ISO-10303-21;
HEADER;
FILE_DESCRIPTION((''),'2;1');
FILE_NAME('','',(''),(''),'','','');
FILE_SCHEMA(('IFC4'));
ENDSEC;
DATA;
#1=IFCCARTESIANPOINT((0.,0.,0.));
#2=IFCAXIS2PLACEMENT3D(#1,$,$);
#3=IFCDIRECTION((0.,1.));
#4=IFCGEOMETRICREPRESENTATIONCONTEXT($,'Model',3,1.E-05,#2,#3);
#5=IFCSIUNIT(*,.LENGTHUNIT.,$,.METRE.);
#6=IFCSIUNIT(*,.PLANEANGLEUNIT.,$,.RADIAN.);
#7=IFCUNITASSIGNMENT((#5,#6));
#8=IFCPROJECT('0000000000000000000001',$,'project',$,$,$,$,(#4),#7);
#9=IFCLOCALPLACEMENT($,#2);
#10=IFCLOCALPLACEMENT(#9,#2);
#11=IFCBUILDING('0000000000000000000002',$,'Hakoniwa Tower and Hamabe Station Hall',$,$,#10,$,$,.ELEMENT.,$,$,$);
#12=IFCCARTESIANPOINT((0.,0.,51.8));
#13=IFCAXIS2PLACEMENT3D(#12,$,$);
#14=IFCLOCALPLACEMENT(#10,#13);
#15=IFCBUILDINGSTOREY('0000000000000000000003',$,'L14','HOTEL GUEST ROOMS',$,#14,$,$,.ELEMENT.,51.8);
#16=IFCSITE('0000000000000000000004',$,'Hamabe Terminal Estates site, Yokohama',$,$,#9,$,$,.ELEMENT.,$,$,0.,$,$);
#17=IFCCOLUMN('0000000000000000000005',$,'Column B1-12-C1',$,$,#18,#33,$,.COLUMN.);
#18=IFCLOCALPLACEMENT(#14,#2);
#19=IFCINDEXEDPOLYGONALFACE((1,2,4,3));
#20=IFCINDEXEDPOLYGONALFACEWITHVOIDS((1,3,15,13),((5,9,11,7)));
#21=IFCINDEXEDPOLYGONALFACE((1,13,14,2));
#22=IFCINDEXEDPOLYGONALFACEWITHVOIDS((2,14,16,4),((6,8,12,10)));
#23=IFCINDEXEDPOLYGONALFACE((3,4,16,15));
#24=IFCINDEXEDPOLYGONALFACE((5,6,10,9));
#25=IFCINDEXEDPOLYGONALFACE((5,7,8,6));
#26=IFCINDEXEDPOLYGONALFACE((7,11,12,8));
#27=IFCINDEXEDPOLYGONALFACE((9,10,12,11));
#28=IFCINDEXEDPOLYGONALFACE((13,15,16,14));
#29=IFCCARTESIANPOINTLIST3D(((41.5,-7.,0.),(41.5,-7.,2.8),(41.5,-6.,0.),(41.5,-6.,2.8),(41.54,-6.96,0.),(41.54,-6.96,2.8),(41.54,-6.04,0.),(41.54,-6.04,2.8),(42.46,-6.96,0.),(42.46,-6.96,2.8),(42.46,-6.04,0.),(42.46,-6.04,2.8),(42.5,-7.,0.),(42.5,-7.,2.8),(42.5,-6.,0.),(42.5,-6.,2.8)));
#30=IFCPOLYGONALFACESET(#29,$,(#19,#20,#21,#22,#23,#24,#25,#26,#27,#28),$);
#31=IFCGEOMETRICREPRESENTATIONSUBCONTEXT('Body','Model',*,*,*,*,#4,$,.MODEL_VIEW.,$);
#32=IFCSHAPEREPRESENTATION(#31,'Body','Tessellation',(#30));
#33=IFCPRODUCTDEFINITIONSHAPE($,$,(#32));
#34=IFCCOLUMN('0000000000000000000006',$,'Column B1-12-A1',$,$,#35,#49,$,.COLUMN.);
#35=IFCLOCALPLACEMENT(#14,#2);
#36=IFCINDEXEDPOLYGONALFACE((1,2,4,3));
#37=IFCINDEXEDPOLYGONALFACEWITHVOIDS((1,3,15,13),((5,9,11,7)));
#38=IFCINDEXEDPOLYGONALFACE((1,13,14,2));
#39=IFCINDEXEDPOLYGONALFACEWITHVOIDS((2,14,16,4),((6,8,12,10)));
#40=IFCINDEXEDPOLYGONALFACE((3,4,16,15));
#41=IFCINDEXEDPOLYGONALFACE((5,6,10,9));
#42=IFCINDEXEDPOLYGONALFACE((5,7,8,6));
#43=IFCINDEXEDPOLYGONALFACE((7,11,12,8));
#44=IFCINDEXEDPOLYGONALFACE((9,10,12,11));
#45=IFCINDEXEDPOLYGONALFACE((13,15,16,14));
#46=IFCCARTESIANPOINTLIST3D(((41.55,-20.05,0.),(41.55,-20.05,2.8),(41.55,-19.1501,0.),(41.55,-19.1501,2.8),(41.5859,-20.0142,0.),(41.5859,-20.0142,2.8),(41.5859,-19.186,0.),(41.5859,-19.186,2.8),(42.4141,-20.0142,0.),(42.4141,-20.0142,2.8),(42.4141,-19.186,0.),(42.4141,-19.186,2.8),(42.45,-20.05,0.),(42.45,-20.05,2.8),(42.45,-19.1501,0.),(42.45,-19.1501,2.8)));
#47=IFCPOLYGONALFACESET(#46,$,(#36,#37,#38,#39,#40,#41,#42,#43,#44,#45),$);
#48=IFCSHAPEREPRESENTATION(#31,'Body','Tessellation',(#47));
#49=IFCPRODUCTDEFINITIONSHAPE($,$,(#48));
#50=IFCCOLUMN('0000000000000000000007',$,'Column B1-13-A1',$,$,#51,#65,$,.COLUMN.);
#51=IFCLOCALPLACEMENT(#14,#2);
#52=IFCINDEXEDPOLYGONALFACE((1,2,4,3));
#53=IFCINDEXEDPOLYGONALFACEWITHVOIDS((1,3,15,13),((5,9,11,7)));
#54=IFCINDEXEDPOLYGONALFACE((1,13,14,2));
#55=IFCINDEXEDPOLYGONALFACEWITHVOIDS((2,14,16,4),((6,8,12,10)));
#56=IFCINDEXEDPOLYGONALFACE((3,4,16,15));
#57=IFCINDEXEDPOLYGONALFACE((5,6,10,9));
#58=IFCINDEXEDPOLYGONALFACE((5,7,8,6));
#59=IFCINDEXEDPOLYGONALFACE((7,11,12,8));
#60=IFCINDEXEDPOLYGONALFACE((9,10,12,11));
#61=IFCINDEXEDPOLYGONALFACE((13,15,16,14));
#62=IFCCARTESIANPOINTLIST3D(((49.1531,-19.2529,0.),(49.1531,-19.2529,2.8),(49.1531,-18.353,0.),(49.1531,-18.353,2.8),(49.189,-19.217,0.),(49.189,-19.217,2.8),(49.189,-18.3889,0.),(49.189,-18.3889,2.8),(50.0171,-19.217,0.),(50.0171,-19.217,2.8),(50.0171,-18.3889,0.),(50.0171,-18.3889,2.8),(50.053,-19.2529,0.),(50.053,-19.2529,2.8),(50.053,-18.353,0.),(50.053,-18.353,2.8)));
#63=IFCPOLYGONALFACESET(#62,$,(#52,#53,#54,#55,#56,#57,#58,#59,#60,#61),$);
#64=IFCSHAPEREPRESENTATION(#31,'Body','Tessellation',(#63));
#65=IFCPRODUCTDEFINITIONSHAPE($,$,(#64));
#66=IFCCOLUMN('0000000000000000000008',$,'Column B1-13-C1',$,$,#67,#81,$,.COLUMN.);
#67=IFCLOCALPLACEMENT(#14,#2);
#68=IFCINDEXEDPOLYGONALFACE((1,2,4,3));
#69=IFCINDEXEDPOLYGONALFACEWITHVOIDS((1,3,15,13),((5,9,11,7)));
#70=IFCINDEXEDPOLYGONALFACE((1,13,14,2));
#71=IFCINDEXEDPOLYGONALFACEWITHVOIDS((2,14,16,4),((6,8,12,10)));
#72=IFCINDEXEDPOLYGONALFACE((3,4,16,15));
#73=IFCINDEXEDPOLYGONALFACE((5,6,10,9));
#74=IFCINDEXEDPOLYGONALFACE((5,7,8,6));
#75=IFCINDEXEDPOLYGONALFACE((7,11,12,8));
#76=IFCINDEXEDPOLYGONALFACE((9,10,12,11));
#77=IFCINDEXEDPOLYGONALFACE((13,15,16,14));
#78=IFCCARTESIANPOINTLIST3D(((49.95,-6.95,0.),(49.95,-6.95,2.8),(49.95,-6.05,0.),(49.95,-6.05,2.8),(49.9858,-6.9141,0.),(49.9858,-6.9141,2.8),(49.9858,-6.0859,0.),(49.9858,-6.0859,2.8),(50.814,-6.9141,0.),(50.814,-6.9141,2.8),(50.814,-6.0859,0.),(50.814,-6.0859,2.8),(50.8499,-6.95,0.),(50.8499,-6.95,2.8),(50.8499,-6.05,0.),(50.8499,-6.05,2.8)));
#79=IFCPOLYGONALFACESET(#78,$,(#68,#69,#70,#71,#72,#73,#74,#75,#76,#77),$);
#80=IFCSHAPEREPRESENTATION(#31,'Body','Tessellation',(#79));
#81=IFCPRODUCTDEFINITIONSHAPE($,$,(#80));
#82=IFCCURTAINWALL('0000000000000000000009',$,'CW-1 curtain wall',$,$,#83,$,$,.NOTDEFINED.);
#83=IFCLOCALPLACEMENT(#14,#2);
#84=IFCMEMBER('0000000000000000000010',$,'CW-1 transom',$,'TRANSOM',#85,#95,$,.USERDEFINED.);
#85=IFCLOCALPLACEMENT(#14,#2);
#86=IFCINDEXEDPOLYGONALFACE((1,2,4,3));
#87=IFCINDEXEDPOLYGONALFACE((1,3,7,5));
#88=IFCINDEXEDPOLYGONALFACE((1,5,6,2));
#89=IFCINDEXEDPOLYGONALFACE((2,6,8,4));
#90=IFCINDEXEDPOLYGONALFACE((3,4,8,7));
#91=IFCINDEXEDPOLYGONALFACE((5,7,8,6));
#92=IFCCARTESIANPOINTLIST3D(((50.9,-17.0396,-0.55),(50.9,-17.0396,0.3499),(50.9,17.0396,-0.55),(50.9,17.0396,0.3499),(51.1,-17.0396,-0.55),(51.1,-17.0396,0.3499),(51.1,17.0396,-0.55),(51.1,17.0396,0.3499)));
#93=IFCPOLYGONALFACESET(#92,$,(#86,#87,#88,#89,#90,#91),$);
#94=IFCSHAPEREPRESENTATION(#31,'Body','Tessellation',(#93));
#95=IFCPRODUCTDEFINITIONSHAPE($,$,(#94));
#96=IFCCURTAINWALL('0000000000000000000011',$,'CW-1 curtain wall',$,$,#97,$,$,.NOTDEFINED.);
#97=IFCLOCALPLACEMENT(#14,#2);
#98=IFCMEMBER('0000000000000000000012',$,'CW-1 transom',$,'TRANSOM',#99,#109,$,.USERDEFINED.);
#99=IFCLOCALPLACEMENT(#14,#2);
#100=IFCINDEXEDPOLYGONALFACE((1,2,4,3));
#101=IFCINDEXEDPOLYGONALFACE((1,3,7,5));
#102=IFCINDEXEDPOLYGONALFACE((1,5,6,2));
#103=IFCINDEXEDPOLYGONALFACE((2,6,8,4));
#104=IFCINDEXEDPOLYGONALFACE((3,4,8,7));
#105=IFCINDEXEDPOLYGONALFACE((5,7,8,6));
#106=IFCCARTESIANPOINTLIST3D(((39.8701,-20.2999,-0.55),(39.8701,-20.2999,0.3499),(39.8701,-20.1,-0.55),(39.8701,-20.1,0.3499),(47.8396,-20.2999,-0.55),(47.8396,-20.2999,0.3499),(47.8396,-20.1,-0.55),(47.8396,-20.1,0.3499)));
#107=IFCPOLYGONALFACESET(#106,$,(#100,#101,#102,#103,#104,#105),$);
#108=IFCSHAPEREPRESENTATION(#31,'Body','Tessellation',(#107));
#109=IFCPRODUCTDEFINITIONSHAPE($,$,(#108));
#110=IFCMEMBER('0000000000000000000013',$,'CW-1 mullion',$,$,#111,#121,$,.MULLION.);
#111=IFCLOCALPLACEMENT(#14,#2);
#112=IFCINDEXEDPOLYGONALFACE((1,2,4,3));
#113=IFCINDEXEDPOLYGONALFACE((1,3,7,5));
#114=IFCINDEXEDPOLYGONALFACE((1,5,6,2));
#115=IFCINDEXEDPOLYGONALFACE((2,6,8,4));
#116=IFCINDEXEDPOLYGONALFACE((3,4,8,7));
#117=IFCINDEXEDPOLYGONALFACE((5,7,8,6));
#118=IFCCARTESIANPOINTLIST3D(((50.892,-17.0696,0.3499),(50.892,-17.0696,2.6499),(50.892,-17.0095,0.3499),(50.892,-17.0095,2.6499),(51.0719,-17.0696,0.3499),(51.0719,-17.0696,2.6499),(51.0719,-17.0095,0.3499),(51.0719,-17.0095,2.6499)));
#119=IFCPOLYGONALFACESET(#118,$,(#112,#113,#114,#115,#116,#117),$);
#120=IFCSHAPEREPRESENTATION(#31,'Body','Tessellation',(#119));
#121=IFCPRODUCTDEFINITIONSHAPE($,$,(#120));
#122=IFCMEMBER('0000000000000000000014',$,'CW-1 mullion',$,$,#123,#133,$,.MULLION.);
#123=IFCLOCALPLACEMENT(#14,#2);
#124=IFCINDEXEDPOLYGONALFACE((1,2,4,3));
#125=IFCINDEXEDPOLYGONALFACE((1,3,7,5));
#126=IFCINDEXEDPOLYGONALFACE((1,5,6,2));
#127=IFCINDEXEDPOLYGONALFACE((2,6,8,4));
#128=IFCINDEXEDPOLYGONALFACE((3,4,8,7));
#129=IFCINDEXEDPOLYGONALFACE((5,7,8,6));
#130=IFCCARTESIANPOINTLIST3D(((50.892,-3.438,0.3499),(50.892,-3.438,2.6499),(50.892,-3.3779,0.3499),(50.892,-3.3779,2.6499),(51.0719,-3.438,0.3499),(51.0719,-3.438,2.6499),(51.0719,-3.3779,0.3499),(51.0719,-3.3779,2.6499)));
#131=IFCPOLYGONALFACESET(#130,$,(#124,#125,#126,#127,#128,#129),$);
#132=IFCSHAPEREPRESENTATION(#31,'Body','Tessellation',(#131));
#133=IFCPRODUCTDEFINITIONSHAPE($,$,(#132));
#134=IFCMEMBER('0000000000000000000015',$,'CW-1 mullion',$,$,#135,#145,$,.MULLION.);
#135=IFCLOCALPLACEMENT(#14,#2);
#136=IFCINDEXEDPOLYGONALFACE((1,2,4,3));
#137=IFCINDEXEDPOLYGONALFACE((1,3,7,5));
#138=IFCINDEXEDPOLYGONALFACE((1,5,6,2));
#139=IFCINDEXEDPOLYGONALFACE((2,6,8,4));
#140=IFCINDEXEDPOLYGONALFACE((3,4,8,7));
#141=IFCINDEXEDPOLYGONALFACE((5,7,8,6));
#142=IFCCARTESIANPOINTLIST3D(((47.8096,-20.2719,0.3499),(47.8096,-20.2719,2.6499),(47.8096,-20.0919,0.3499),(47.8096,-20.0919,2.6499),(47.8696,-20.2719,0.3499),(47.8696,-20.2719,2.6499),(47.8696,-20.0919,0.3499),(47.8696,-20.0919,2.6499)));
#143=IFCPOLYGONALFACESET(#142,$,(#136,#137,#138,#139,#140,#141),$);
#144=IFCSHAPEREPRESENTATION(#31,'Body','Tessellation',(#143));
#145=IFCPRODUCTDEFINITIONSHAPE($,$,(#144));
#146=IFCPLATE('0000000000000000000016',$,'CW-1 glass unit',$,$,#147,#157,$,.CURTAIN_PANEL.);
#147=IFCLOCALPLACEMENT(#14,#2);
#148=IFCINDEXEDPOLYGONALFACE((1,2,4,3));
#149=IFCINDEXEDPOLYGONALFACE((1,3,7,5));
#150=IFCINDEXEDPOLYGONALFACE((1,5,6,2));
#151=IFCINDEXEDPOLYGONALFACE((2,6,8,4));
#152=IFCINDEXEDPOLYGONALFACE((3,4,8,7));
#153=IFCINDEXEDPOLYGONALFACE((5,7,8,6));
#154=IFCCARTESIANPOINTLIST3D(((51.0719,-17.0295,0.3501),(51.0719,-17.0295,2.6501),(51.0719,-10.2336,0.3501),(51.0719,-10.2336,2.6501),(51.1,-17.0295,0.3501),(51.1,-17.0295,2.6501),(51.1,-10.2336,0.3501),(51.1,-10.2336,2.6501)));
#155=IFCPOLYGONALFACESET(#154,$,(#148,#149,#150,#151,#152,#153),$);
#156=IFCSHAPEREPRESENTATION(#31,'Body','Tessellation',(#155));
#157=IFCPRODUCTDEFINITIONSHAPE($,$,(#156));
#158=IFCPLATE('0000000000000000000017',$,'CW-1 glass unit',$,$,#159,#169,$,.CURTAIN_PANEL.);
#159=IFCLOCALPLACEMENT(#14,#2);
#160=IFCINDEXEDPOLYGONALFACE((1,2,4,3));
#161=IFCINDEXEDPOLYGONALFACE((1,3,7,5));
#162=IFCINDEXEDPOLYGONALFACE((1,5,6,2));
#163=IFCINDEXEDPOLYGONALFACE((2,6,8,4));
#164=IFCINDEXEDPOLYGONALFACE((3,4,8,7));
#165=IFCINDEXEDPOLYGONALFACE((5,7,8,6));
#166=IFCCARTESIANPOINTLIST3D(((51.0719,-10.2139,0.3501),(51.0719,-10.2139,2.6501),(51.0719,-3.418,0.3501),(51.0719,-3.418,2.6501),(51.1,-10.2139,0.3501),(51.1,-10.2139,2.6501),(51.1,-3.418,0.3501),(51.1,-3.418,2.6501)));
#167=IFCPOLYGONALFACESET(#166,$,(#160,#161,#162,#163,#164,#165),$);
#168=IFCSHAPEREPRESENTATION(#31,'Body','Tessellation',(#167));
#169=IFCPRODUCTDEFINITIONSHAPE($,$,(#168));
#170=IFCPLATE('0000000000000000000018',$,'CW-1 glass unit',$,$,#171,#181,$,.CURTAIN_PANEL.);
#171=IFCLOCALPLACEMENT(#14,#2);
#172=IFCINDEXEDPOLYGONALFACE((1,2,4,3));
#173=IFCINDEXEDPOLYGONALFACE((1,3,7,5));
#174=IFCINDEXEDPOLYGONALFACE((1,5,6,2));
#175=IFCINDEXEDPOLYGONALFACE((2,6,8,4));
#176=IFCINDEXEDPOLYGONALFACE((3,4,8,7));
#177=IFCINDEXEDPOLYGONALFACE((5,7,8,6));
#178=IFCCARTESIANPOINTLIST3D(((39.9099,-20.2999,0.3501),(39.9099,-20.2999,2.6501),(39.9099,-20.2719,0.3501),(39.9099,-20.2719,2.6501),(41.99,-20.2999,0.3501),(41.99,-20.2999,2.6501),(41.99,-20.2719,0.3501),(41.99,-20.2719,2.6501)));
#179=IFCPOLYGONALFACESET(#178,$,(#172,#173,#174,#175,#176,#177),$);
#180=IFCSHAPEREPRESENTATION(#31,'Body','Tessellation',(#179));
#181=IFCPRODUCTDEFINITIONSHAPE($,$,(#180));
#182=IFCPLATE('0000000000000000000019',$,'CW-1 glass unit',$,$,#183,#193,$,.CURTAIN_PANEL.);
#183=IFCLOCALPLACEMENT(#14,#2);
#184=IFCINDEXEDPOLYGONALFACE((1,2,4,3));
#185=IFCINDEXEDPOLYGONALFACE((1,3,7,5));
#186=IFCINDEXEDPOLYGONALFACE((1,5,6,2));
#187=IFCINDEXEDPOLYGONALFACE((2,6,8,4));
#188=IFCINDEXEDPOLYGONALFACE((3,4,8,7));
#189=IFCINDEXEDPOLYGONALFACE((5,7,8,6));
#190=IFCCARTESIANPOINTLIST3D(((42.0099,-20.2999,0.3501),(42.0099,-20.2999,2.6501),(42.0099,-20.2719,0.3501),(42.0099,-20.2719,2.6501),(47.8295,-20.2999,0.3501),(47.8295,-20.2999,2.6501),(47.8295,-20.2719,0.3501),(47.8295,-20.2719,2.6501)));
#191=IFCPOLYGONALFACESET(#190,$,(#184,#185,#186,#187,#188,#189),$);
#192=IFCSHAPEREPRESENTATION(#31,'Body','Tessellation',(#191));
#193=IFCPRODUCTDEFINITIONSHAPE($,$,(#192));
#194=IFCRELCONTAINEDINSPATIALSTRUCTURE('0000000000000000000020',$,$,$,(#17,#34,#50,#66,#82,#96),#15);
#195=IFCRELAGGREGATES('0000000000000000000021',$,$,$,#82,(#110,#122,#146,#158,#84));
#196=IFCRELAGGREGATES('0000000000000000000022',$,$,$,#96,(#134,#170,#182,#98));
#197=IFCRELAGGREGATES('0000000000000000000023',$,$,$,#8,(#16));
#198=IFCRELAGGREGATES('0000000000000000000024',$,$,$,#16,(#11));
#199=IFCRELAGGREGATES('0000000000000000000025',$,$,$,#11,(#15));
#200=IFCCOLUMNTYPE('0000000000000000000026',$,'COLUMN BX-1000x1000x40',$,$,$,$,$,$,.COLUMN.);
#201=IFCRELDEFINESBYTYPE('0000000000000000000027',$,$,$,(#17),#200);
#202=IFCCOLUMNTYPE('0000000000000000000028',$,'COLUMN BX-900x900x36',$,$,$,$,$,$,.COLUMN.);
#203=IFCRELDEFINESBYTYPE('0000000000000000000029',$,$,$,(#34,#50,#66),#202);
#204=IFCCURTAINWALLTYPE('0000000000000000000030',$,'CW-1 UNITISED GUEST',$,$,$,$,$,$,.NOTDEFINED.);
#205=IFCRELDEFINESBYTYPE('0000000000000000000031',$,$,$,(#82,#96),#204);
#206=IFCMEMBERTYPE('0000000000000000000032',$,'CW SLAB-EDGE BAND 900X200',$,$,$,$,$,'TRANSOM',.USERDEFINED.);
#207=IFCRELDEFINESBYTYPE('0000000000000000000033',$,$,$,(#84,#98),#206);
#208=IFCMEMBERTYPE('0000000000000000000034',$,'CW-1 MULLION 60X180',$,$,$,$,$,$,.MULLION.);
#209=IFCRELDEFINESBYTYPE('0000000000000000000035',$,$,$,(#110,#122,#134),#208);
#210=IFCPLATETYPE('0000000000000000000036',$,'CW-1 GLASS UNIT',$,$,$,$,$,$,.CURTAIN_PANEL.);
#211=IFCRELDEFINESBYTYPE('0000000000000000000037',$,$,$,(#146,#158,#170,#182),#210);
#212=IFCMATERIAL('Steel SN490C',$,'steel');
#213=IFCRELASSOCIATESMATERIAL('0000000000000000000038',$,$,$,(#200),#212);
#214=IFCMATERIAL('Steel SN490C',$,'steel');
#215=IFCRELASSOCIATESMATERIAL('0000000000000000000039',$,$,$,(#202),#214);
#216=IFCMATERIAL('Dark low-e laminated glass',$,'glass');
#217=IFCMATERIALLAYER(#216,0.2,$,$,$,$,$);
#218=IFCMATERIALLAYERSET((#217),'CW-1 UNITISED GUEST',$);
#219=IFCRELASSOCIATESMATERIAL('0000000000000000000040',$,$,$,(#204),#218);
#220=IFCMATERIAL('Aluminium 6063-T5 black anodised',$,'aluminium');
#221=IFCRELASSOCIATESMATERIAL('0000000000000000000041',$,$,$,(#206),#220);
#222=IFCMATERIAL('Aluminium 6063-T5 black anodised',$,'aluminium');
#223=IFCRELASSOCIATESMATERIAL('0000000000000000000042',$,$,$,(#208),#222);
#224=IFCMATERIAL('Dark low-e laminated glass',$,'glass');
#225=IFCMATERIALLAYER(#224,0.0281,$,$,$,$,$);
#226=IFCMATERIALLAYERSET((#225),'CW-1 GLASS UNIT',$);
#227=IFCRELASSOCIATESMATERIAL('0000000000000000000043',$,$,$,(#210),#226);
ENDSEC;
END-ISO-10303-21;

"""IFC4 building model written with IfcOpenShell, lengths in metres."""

from ifc_helpers import new_model, si_unit, direction, frame, origin, origin_2d, place, context, subcontext, project, spatial, rectangle, hollow_rectangle, extrude, material, layer, layer_set, material_profile, profile_set, type_object, element, aggregate, save


model = new_model("IFC4")

# Units and contexts
model_context = context("Model", 3, precision=1e-05, world=origin(), true_north=direction((0.0, 1.0)))
body_context = subcontext(model_context, "Body", "Model", "MODEL_VIEW")
ifc_project = project(units=[si_unit("LENGTHUNIT", "METRE"), si_unit("PLANEANGLEUNIT", "RADIAN")], contexts=[model_context])

# Site, building, storey
site_placement = place(None, origin())
site = spatial("IfcSite", under=ifc_project, at=site_placement, Name="Hamabe Terminal Estates site, Yokohama", CompositionType="ELEMENT", RefElevation=0.0)
building_placement = place(site_placement, origin())
building = spatial("IfcBuilding", under=site, at=building_placement, Name="Hakoniwa Tower and Hamabe Station Hall", CompositionType="ELEMENT")
storey_placement = place(building_placement, frame((0.0, 0.0, 51.8)))
storey = spatial("IfcBuildingStorey", under=building, at=storey_placement, Name="L14", Description="HOTEL GUEST ROOMS", CompositionType="ELEMENT", Elevation=51.8)

# Columns
ifc_material_1 = material(Name="Steel SN490C", Category="steel")
ifc_material_profile_1 = material_profile(ifc_material_1, hollow_rectangle(XDim=1.0, YDim=1.0, WallThickness=0.04, at=origin_2d()), Name="BX-1000x1000x40")
ifc_profile_set_1 = profile_set([ifc_material_profile_1], Name="Steel SN490C")
column_type_1 = type_object("IfcColumnType", Name="COLUMN BX-1000x1000x40", PredefinedType="COLUMN", material=ifc_profile_set_1)
column_placement = place(storey_placement, frame((42.0, -6.5, 0.0), z_axis=(0.0, 0.0, 1.0), x_axis=(1.0, 0.0, 0.0)))
element("IfcColumn", 1, at=column_placement, inside=storey, type_object=column_type_1, Name="Column B1-12-C1", PredefinedType="COLUMN", context=body_context, shape_type="SweptSolid", body=[
    extrude(hollow_rectangle(XDim=1.0, YDim=1.0, WallThickness=0.04, at=origin_2d()), origin(), (0.0, 0.0, 1.0), 2.8),
])
ifc_material_2 = material(Name="Steel SN490C", Category="steel")
ifc_material_profile_2 = material_profile(ifc_material_2, hollow_rectangle(XDim=0.8999, YDim=0.8999, WallThickness=0.0359, at=origin_2d()), Name="BX-900x900x36")
ifc_profile_set_2 = profile_set([ifc_material_profile_2], Name="Steel SN490C")
column_type_2 = type_object("IfcColumnType", Name="COLUMN BX-900x900x36", PredefinedType="COLUMN", material=ifc_profile_set_2)
for number, where, z_axis, x_axis, name in (
    (2, (42.0, -19.6001, 0.0), (0.0, 0.0, 1.0), (1.0, 0.0, 0.0), "Column B1-12-A1"),
    (3, (49.603, -18.803, 0.0), (0.0, 0.0, 1.0), (1.0, 0.0, 0.0), "Column B1-13-A1"),
    (4, (50.3999, -6.5, 0.0), (0.0, 0.0, 1.0), (1.0, 0.0, 0.0), "Column B1-13-C1"),
):
    element("IfcColumn", number, at=place(storey_placement, frame(where, z_axis=z_axis, x_axis=x_axis)), inside=storey, type_object=column_type_2, Name=name, PredefinedType="COLUMN", context=body_context, shape_type="SweptSolid", body=[
        extrude(hollow_rectangle(XDim=0.8999, YDim=0.8999, WallThickness=0.0359, at=origin_2d()), origin(), (0.0, 0.0, 1.0), 2.8),
    ])

# Curtain walls, members
ifc_material_3 = material(Name="Dark low-e laminated glass", Category="glass")
ifc_layer_1 = layer(ifc_material_3, 0.2)
ifc_layer_set_1 = layer_set([ifc_layer_1], Name="CW-1 UNITISED GUEST")
curtain_wall_type = type_object("IfcCurtainWallType", Name="CW-1 UNITISED GUEST", PredefinedType="NOTDEFINED", material=ifc_layer_set_1)
curtain_wall_1_placement = place(storey_placement, origin())
curtain_wall_1 = element("IfcCurtainWall", 5, at=curtain_wall_1_placement, inside=storey, type_object=curtain_wall_type, Name="CW-1 curtain wall", PredefinedType="NOTDEFINED")
ifc_material_4 = material(Name="Aluminium 6063-T5 black anodised", Category="aluminium")
ifc_material_profile_3 = material_profile(ifc_material_4, rectangle(XDim=0.2, YDim=0.8999, at=origin_2d()), Name="CW SLAB-EDGE BAND 900X200")
ifc_profile_set_3 = profile_set([ifc_material_profile_3], Name="Aluminium 6063-T5 black anodised")
member_type_1 = type_object("IfcMemberType", Name="CW SLAB-EDGE BAND 900X200", ElementType="TRANSOM", PredefinedType="USERDEFINED", material=ifc_profile_set_3)
member_1_placement = place(storey_placement, frame((51.0, -17.0396, -0.1001), z_axis=(0.0, 1.0, 0.0), x_axis=(-1.0, 0.0, 0.0)))
member_1 = element("IfcMember", 6, at=member_1_placement, type_object=member_type_1, Name="CW-1 transom", ObjectType="TRANSOM", PredefinedType="USERDEFINED", context=body_context, shape_type="SweptSolid", body=[
    extrude(rectangle(XDim=0.2, YDim=0.8999, at=origin_2d()), origin(), (0.0, 0.0, 1.0), 34.0791),
])
curtain_wall_2_placement = place(storey_placement, origin())
curtain_wall_2 = element("IfcCurtainWall", 7, at=curtain_wall_2_placement, inside=storey, type_object=curtain_wall_type, Name="CW-1 curtain wall", PredefinedType="NOTDEFINED")
member_2_placement = place(storey_placement, frame((39.8701, -20.2, -0.1001), z_axis=(1.0, 0.0, 0.0), x_axis=(0.0, 1.0, 0.0)))
member_2 = element("IfcMember", 8, at=member_2_placement, type_object=member_type_1, Name="CW-1 transom", ObjectType="TRANSOM", PredefinedType="USERDEFINED", context=body_context, shape_type="SweptSolid", body=[
    extrude(rectangle(XDim=0.2, YDim=0.8999, at=origin_2d()), origin(), (0.0, 0.0, 1.0), 7.9695),
])

# Members
ifc_material_5 = material(Name="Aluminium 6063-T5 black anodised", Category="aluminium")
ifc_material_profile_4 = material_profile(ifc_material_5, rectangle(XDim=0.0601, YDim=0.1799, at=origin_2d()), Name="CW-1 MULLION 60X180")
ifc_profile_set_4 = profile_set([ifc_material_profile_4], Name="Aluminium 6063-T5 black anodised")
member_type_2 = type_object("IfcMemberType", Name="CW-1 MULLION 60X180", PredefinedType="MULLION", material=ifc_profile_set_4)
member_3_placement = place(storey_placement, frame((50.9819, -17.0396, 0.3499), z_axis=(0.0, 0.0, 1.0), x_axis=(0.0, 1.0, 0.0)))
member_3 = element("IfcMember", 9, at=member_3_placement, type_object=member_type_2, Name="CW-1 mullion", PredefinedType="MULLION", context=body_context, shape_type="SweptSolid", body=[
    extrude(rectangle(XDim=0.0601, YDim=0.1799, at=origin_2d()), origin(), (0.0, 0.0, 1.0), 2.3),
])
member_4_placement = place(storey_placement, frame((50.9819, -3.408, 0.3499), z_axis=(0.0, 0.0, 1.0), x_axis=(0.0, 1.0, 0.0)))
member_4 = element("IfcMember", 10, at=member_4_placement, type_object=member_type_2, Name="CW-1 mullion", PredefinedType="MULLION", context=body_context, shape_type="SweptSolid", body=[
    extrude(rectangle(XDim=0.0601, YDim=0.1799, at=origin_2d()), origin(), (0.0, 0.0, 1.0), 2.3),
])
member_5_placement = place(storey_placement, frame((47.8396, -20.1819, 0.3499), z_axis=(0.0, 0.0, 1.0), x_axis=(1.0, 0.0, 0.0)))
member_5 = element("IfcMember", 11, at=member_5_placement, type_object=member_type_2, Name="CW-1 mullion", PredefinedType="MULLION", context=body_context, shape_type="SweptSolid", body=[
    extrude(rectangle(XDim=0.0601, YDim=0.1799, at=origin_2d()), origin(), (0.0, 0.0, 1.0), 2.3),
])

# Plates
ifc_material_6 = material(Name="Dark low-e laminated glass", Category="glass")
ifc_layer_2 = layer(ifc_material_6, 0.0281)
ifc_layer_set_2 = layer_set([ifc_layer_2], Name="CW-1 GLASS UNIT")
plate_type = type_object("IfcPlateType", Name="CW-1 GLASS UNIT", PredefinedType="CURTAIN_PANEL", material=ifc_layer_set_2)
plate_1_placement = place(storey_placement, frame((51.0859, -13.6316, 0.3501), z_axis=(0.0, 0.0, 1.0), x_axis=(0.0, 1.0, 0.0)))
plate_1 = element("IfcPlate", 12, at=plate_1_placement, type_object=plate_type, Name="CW-1 glass unit", PredefinedType="CURTAIN_PANEL", context=body_context, shape_type="SweptSolid", body=[
    extrude(rectangle(XDim=6.7959, YDim=0.0281, at=origin_2d()), origin(), (0.0, 0.0, 1.0), 2.3),
])
plate_2_placement = place(storey_placement, frame((51.0859, -6.8159, 0.3501), z_axis=(0.0, 0.0, 1.0), x_axis=(0.0, 1.0, 0.0)))
plate_2 = element("IfcPlate", 13, at=plate_2_placement, type_object=plate_type, Name="CW-1 glass unit", PredefinedType="CURTAIN_PANEL", context=body_context, shape_type="SweptSolid", body=[
    extrude(rectangle(XDim=6.7959, YDim=0.0281, at=origin_2d()), origin(), (0.0, 0.0, 1.0), 2.3),
])
aggregate(curtain_wall_1, [member_3, member_4, plate_1, plate_2, member_1])
plate_3_placement = place(storey_placement, frame((40.95, -20.2859, 0.3501), z_axis=(0.0, 0.0, 1.0), x_axis=(1.0, 0.0, 0.0)))
plate_3 = element("IfcPlate", 14, at=plate_3_placement, type_object=plate_type, Name="CW-1 glass unit", PredefinedType="CURTAIN_PANEL", context=body_context, shape_type="SweptSolid", body=[
    extrude(rectangle(XDim=2.0801, YDim=0.0281, at=origin_2d()), origin(), (0.0, 0.0, 1.0), 2.3),
])
plate_4_placement = place(storey_placement, frame((44.9197, -20.2859, 0.3501), z_axis=(0.0, 0.0, 1.0), x_axis=(1.0, 0.0, 0.0)))
plate_4 = element("IfcPlate", 15, at=plate_4_placement, type_object=plate_type, Name="CW-1 glass unit", PredefinedType="CURTAIN_PANEL", context=body_context, shape_type="SweptSolid", body=[
    extrude(rectangle(XDim=5.8196, YDim=0.0281, at=origin_2d()), origin(), (0.0, 0.0, 1.0), 2.3),
])
aggregate(curtain_wall_2, [member_5, plate_3, plate_4, member_2])

save(model, "model.ifc")
